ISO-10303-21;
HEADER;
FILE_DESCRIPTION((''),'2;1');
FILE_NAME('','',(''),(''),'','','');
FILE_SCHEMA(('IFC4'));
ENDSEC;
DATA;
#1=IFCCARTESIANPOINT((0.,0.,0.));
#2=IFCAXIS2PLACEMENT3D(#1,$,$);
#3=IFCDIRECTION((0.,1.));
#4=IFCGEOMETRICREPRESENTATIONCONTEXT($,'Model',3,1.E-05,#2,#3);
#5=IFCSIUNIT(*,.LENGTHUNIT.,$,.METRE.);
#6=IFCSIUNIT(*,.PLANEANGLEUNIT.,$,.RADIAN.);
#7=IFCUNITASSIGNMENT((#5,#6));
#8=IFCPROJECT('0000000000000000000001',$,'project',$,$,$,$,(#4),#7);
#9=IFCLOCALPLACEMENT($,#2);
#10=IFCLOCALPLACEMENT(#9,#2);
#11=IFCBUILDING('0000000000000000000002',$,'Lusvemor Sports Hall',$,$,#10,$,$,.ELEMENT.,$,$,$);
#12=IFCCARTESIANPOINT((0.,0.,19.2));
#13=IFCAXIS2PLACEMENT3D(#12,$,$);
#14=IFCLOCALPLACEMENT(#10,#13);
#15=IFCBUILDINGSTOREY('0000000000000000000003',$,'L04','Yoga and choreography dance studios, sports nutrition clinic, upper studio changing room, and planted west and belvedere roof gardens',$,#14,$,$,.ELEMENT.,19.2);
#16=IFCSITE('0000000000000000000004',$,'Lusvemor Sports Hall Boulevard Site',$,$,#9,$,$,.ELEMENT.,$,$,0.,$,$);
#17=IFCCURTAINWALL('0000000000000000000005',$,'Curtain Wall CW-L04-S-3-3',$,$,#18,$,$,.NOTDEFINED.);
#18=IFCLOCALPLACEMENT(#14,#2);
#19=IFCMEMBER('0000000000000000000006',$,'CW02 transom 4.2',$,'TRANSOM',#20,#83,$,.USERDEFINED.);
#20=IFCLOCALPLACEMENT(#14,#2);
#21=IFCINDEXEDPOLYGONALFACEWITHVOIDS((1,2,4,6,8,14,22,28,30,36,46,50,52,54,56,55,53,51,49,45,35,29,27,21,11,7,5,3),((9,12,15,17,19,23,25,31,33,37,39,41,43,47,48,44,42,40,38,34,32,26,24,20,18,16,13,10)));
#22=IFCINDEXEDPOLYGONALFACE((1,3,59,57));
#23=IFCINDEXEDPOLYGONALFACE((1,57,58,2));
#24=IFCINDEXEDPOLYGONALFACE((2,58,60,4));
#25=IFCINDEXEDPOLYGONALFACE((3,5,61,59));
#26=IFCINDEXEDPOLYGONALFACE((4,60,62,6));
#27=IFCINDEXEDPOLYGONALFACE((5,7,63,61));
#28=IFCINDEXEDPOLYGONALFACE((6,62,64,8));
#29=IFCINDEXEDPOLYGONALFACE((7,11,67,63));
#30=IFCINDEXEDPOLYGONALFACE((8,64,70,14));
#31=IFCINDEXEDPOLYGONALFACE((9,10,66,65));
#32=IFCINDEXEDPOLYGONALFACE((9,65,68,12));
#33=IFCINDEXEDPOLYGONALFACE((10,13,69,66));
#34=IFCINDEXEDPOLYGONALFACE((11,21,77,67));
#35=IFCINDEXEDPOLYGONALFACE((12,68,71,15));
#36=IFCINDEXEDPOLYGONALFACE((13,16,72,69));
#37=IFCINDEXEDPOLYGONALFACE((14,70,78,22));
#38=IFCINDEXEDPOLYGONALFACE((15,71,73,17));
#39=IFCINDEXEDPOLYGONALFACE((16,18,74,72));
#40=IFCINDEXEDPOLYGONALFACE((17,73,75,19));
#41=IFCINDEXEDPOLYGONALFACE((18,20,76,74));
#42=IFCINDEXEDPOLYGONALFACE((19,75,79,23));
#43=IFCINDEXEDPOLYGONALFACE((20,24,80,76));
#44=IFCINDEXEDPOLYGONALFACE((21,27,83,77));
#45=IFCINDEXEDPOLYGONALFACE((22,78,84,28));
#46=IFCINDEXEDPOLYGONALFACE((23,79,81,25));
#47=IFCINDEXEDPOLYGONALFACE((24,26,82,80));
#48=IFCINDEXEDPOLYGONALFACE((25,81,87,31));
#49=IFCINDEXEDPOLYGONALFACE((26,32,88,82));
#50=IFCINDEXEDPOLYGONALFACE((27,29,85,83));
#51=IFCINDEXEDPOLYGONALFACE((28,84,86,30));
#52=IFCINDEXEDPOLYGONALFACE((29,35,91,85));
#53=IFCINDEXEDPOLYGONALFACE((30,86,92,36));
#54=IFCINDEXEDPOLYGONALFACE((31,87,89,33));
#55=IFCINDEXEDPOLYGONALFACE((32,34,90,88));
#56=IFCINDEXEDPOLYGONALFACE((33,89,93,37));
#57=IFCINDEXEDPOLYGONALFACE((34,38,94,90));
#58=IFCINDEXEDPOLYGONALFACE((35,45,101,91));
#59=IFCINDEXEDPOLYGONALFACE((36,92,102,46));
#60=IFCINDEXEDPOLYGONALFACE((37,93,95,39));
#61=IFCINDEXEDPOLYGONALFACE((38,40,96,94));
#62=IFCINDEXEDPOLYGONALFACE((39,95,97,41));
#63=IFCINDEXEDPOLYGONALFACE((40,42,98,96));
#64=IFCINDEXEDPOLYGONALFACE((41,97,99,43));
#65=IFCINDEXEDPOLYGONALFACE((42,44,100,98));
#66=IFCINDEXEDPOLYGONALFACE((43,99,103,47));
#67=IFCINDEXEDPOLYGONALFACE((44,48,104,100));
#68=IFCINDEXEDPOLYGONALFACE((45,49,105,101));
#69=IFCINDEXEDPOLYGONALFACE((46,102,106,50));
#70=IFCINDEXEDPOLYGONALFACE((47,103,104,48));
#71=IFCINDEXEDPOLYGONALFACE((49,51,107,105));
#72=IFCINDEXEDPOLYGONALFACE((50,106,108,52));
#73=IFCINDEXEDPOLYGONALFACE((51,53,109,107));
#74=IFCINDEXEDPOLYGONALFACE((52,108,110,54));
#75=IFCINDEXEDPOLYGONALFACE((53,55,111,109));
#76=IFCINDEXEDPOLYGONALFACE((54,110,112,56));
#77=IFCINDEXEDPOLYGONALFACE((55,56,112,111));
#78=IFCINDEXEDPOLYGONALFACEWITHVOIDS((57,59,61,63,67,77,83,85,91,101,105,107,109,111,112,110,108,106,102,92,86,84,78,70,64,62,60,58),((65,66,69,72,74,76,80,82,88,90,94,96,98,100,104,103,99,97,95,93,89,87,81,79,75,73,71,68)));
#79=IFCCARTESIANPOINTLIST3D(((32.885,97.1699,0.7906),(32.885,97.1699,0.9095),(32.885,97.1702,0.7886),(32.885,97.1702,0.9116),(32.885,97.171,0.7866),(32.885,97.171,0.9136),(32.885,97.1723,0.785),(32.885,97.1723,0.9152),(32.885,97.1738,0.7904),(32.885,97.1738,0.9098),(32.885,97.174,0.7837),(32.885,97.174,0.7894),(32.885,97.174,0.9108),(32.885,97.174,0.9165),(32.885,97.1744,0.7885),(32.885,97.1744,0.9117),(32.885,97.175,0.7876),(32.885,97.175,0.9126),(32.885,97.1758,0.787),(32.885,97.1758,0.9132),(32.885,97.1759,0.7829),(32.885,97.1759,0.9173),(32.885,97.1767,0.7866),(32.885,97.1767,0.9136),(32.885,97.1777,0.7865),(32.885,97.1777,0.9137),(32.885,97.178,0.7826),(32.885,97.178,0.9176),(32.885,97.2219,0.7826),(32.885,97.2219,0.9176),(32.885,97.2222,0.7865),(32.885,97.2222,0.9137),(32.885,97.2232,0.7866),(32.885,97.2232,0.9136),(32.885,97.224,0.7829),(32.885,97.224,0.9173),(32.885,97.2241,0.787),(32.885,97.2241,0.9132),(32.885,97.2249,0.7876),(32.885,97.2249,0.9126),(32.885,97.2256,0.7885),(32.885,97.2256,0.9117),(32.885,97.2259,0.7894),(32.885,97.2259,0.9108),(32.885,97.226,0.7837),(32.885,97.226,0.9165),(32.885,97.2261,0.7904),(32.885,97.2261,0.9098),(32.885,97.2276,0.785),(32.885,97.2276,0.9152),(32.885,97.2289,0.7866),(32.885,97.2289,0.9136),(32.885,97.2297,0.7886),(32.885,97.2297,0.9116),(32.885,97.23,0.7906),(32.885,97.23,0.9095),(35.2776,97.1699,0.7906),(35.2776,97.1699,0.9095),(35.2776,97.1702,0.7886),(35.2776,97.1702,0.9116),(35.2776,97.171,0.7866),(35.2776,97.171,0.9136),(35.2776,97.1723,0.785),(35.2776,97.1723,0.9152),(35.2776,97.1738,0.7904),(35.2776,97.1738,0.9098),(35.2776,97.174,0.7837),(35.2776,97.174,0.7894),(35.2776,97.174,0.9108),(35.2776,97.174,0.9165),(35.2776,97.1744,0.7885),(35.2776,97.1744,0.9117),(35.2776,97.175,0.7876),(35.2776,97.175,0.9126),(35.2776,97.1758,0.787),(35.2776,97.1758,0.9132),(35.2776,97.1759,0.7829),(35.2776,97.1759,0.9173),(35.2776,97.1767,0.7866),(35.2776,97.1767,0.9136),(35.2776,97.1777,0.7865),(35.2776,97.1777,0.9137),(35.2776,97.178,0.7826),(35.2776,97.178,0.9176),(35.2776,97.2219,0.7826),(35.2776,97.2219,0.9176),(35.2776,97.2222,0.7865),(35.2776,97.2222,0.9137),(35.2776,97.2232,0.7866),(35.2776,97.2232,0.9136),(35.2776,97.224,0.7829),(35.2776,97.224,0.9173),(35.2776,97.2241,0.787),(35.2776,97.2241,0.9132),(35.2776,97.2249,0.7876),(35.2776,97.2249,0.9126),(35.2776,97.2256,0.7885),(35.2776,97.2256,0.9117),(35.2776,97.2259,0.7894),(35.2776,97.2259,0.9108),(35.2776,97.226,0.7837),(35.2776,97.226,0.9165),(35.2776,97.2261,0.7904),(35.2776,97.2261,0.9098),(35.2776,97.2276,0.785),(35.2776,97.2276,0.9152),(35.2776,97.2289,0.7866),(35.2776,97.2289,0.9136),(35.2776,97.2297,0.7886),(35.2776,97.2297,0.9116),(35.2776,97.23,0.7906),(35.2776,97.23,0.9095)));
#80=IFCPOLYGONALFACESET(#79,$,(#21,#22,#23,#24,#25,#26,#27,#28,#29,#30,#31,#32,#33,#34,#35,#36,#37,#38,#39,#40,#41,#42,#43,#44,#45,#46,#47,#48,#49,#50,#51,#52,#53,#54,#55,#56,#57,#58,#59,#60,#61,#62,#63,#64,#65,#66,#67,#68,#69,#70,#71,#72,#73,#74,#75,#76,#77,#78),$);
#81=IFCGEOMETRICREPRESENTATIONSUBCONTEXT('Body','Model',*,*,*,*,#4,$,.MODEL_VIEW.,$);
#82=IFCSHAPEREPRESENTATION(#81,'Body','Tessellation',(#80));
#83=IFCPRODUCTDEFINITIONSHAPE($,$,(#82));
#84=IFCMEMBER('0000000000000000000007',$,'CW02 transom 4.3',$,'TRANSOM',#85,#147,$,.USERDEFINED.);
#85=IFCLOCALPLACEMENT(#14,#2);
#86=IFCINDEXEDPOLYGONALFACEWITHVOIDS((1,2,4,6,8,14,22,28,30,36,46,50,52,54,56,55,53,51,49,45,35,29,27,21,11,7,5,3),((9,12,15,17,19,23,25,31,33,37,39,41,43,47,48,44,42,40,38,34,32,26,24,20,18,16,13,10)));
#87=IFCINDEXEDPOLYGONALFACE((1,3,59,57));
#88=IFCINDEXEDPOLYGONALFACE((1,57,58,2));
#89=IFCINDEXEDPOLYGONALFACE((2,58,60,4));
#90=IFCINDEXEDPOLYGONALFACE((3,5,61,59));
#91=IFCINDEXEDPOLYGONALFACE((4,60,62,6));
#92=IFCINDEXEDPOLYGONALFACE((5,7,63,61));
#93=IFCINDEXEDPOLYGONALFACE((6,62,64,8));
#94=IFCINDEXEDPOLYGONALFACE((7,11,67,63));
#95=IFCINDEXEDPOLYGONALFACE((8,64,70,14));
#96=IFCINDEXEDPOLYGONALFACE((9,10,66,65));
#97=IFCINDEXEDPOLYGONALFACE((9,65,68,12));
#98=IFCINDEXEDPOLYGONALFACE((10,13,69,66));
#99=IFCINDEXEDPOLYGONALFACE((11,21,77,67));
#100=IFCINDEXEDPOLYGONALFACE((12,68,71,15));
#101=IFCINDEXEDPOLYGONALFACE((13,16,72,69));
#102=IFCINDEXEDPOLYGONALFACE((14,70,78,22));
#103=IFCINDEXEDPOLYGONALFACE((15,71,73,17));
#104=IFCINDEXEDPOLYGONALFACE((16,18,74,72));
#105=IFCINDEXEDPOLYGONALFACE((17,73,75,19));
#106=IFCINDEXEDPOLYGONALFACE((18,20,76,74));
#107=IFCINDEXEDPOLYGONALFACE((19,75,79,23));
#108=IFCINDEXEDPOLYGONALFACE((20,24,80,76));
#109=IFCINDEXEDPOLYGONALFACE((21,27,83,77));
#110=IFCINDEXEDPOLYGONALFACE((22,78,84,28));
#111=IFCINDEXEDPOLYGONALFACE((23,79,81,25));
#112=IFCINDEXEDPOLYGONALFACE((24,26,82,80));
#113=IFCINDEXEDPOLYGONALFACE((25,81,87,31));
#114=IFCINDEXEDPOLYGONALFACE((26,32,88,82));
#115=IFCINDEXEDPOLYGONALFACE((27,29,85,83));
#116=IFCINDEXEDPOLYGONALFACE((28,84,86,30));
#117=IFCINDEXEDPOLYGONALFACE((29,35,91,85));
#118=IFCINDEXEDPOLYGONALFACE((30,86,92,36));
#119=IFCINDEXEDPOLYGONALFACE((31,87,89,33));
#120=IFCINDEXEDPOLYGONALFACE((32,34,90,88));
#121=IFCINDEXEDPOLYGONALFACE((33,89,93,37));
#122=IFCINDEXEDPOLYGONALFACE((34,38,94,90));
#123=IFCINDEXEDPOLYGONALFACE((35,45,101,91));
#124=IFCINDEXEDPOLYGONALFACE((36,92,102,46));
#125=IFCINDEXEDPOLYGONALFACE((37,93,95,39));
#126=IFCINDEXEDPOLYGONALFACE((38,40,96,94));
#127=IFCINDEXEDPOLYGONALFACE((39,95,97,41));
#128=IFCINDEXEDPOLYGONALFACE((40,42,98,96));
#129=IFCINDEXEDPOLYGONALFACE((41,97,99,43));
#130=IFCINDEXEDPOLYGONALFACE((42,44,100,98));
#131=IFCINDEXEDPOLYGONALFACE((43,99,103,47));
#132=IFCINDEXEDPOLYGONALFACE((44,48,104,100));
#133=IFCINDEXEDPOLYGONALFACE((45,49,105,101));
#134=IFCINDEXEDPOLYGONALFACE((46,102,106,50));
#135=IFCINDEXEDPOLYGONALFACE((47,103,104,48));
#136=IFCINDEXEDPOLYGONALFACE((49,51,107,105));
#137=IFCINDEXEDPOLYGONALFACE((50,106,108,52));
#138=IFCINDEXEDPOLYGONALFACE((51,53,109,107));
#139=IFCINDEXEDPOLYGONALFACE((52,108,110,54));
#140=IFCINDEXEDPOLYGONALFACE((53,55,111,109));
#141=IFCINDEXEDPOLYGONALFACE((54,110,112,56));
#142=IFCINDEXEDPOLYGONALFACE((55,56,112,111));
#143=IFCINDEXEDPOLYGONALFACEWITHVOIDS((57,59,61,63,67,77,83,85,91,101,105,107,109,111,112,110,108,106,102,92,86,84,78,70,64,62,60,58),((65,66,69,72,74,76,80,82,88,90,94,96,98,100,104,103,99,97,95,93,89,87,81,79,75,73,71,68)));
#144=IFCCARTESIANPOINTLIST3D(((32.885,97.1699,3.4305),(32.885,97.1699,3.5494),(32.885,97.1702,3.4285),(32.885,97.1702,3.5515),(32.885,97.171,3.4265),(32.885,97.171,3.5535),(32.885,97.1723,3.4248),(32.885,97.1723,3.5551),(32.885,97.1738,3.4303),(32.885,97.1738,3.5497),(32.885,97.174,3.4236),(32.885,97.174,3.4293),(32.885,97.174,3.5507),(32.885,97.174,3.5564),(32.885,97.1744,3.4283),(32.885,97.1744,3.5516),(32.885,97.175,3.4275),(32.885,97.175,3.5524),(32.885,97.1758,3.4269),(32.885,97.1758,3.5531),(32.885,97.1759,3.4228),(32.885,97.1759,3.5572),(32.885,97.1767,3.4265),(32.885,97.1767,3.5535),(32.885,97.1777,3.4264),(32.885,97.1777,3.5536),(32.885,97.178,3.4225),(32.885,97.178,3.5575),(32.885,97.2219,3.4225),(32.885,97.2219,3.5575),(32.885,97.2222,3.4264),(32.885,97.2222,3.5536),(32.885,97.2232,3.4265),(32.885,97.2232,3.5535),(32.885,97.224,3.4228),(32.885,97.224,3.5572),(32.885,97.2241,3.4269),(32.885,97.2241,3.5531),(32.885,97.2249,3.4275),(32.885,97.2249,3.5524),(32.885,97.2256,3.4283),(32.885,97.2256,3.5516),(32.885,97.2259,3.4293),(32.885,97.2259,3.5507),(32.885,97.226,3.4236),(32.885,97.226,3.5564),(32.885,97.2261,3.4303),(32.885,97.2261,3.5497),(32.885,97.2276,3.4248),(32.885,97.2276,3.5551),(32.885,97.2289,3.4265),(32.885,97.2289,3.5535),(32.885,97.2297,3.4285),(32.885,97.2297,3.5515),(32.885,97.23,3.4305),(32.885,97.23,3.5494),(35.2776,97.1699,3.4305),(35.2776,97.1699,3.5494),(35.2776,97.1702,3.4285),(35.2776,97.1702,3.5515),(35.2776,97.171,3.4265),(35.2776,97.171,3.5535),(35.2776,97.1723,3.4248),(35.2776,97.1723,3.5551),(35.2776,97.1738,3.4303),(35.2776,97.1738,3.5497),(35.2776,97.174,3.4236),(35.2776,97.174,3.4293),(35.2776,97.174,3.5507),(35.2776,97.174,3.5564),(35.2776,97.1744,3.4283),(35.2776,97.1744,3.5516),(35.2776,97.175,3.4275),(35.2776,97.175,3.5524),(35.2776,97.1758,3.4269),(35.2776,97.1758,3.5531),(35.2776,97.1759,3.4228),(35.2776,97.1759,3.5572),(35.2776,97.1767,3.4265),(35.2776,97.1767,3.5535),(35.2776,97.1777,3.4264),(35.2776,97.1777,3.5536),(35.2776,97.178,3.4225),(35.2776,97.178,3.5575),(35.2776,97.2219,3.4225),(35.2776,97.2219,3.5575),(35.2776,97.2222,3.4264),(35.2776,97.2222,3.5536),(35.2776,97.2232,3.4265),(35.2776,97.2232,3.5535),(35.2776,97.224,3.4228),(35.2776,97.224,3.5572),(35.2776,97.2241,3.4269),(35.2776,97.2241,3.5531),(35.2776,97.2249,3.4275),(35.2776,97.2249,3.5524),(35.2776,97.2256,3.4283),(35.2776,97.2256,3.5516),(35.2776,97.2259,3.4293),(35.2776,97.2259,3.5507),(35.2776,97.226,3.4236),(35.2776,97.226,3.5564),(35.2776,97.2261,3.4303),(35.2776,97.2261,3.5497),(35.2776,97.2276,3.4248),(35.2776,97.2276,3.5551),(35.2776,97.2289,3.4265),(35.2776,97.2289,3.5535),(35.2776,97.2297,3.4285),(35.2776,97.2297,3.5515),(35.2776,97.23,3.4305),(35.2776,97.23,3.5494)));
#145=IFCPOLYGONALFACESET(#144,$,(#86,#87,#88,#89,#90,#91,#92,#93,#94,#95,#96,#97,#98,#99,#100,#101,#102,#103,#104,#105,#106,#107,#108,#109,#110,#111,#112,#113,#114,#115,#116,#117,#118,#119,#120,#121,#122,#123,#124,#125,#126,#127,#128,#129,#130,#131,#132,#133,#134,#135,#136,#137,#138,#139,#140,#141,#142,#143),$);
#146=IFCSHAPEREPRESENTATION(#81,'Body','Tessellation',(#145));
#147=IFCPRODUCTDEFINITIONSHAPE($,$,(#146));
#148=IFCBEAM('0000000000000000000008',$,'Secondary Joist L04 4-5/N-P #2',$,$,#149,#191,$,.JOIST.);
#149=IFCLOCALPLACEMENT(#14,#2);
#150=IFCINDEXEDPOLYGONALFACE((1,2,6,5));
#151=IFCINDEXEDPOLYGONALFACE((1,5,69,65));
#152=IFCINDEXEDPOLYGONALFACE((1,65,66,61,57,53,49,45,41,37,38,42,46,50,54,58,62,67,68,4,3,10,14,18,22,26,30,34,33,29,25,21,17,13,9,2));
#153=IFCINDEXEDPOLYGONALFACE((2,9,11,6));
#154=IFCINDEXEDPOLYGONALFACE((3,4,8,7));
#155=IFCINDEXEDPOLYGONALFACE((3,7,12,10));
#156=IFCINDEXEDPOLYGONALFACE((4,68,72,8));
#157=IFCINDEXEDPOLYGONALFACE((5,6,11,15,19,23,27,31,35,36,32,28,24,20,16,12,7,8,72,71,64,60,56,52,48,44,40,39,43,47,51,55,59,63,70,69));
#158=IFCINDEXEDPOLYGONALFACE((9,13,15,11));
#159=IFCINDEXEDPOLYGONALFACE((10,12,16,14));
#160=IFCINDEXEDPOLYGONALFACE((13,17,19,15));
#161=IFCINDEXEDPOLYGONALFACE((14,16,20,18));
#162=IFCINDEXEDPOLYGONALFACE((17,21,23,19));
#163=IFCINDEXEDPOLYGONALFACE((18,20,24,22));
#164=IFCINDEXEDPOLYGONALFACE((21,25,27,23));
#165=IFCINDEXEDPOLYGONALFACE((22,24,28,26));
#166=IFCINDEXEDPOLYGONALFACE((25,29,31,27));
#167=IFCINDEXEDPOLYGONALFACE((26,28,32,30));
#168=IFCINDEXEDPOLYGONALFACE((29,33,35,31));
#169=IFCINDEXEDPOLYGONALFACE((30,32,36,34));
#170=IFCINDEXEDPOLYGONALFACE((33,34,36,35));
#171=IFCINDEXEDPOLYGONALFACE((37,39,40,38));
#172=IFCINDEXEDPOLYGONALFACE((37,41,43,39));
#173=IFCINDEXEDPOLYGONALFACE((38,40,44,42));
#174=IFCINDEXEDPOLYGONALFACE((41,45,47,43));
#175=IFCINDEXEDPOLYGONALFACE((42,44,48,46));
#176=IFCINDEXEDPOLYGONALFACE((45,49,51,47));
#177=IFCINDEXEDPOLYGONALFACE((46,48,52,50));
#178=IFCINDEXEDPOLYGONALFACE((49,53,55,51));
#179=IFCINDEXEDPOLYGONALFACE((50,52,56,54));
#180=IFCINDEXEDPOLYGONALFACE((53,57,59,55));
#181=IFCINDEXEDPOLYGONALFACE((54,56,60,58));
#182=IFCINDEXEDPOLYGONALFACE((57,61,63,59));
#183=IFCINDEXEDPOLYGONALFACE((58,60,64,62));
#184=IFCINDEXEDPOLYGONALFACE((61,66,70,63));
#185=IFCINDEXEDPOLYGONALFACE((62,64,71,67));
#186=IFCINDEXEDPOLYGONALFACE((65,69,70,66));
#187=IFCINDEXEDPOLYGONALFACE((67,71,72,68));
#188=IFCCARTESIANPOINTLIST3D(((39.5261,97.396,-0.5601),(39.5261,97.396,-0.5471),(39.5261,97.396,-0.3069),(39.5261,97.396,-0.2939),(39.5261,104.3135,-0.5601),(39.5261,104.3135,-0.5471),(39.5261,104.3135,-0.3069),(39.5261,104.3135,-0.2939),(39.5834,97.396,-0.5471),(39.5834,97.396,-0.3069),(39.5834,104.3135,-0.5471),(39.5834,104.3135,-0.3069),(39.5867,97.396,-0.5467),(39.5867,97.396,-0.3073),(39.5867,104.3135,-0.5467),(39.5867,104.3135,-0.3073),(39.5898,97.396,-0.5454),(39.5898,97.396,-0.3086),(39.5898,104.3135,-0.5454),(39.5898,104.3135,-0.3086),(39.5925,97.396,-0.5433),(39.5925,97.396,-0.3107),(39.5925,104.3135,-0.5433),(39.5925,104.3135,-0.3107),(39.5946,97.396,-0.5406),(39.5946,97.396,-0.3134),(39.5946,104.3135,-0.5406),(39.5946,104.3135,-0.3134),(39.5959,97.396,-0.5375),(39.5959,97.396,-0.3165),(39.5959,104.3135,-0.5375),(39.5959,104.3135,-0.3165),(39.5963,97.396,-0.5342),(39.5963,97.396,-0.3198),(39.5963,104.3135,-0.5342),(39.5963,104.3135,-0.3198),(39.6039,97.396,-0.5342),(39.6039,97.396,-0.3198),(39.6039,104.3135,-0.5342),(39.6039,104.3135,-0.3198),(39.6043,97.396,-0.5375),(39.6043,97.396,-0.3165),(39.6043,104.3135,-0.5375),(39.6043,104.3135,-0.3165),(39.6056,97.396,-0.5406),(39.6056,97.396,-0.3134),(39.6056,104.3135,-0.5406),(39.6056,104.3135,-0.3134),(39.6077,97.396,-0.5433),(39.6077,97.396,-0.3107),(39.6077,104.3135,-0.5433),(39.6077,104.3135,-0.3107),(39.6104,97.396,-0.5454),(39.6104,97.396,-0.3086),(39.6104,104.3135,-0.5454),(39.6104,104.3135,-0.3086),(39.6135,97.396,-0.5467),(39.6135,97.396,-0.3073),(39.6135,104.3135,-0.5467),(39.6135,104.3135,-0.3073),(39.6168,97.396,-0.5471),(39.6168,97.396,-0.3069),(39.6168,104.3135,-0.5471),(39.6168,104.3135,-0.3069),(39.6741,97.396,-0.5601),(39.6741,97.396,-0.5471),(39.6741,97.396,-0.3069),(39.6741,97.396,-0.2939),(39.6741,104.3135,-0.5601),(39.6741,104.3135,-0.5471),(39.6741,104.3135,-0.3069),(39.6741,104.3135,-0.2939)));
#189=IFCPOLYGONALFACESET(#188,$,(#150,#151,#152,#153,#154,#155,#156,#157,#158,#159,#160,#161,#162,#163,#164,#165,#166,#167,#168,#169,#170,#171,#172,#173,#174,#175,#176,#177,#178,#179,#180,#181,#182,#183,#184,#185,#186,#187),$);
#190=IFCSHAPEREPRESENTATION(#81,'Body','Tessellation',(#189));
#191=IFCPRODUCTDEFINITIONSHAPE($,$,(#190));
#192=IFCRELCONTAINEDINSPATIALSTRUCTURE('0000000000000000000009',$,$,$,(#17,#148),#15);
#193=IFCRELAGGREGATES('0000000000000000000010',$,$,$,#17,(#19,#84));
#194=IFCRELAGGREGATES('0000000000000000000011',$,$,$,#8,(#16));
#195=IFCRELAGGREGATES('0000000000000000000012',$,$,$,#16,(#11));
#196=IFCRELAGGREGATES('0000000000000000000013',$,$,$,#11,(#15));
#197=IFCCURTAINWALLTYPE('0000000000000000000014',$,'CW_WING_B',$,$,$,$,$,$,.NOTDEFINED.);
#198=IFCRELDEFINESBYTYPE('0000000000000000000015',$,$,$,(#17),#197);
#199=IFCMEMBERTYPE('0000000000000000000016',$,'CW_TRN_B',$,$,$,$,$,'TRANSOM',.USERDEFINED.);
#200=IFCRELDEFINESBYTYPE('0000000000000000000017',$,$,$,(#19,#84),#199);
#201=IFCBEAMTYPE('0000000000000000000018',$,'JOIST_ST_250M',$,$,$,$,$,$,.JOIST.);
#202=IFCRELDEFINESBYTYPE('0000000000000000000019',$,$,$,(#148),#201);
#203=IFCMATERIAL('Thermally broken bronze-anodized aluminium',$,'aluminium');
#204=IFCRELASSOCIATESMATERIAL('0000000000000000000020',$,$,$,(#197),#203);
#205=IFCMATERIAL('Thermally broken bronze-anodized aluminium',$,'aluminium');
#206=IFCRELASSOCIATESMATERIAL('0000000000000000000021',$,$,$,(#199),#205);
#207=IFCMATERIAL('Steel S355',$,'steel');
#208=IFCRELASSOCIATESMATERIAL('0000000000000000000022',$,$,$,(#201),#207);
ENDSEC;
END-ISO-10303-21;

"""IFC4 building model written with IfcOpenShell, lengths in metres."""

from ifc_helpers import new_model, si_unit, direction, frame, origin, origin_2d, place, context, subcontext, project, spatial, hollow_rectangle, i_section, extrude, material, material_profile, profile_set, type_object, element, aggregate, save


model = new_model("IFC4")

# Units and contexts
model_context = context("Model", 3, precision=1e-05, world=origin(), true_north=direction((0.0, 1.0)))
body_context = subcontext(model_context, "Body", "Model", "MODEL_VIEW")
ifc_project = project(units=[si_unit("LENGTHUNIT", "METRE"), si_unit("PLANEANGLEUNIT", "RADIAN")], contexts=[model_context])

# Site, building, storey
site_placement = place(None, origin())
site = spatial("IfcSite", under=ifc_project, at=site_placement, Name="Lusvemor Sports Hall Boulevard Site", CompositionType="ELEMENT", RefElevation=0.0)
building_placement = place(site_placement, origin())
building = spatial("IfcBuilding", under=site, at=building_placement, Name="Lusvemor Sports Hall", CompositionType="ELEMENT")
storey_placement = place(building_placement, frame((0.0, 0.0, 19.2)))
storey = spatial("IfcBuildingStorey", under=building, at=storey_placement, Name="L04", Description="Yoga and choreography dance studios, sports nutrition clinic, upper studio changing room, and planted west and belvedere roof gardens", CompositionType="ELEMENT", Elevation=19.2)

# Shared definitions
ifc_material_1 = material(Name="Thermally broken bronze-anodized aluminium", Category="aluminium")
curtain_wall_type = type_object("IfcCurtainWallType", Name="CW_WING_B", PredefinedType="NOTDEFINED", material=ifc_material_1)

# Curtain wall, members
curtain_wall_1_placement = place(storey_placement, origin())
curtain_wall_1 = element("IfcCurtainWall", 1, at=curtain_wall_1_placement, inside=storey, type_object=curtain_wall_type, Name="Curtain Wall CW-L04-S-3-3", PredefinedType="NOTDEFINED")
ifc_material_2 = material(Name="Thermally broken bronze-anodized aluminium", Category="aluminium")
ifc_material_profile_1 = material_profile(ifc_material_2, hollow_rectangle(XDim=0.0601, YDim=0.135, WallThickness=0.0039, InnerFilletRadius=0.0039, OuterFilletRadius=0.0081, at=origin_2d()), Name="CWTRN135x60x4")
ifc_profile_set_1 = profile_set([ifc_material_profile_1], Name="Thermally broken bronze-anodized aluminium")
member_type_1 = type_object("IfcMemberType", Name="CW_TRN_B", ElementType="TRANSOM", PredefinedType="USERDEFINED", material=ifc_profile_set_1)
member_1_placement = place(storey_placement, frame((35.2776, 97.2, 0.8501), z_axis=(-1.0, 0.0, 0.0), x_axis=(0.0, -1.0, 0.0)))
member_1 = element("IfcMember", 2, at=member_1_placement, type_object=member_type_1, Name="CW02 transom 4.2", ObjectType="TRANSOM", PredefinedType="USERDEFINED", context=body_context, shape_type="SweptSolid", body=[
    extrude(hollow_rectangle(XDim=0.0601, YDim=0.135, WallThickness=0.0039, InnerFilletRadius=0.0039, OuterFilletRadius=0.0081, at=origin_2d()), origin(), (0.0, 0.0, 1.0), 2.3926),
])
member_2_placement = place(storey_placement, frame((35.2776, 97.2, 3.49), z_axis=(-1.0, 0.0, 0.0), x_axis=(0.0, -1.0, 0.0)))
member_2 = element("IfcMember", 3, at=member_2_placement, type_object=member_type_1, Name="CW02 transom 4.3", ObjectType="TRANSOM", PredefinedType="USERDEFINED", context=body_context, shape_type="SweptSolid", body=[
    extrude(hollow_rectangle(XDim=0.0601, YDim=0.135, WallThickness=0.0039, InnerFilletRadius=0.0039, OuterFilletRadius=0.0081, at=origin_2d()), origin(), (0.0, 0.0, 1.0), 2.3926),
])

# Beam
ifc_material_3 = material(Name="Steel S355", Category="steel")
ifc_material_profile_2 = material_profile(ifc_material_3, i_section(OverallWidth=0.1479, OverallDepth=0.2661, WebThickness=0.0076, FlangeThickness=0.0129, FilletRadius=0.0129, at=origin_2d()), Name="W250x44.8")
ifc_profile_set_2 = profile_set([ifc_material_profile_2], Name="Steel S355")
beam_type_1 = type_object("IfcBeamType", Name="JOIST_ST_250M", PredefinedType="JOIST", material=ifc_profile_set_2)
beam_1_placement = place(storey_placement, frame((39.6001, 97.396, -0.427), z_axis=(0.0, 1.0, 0.0), x_axis=(-1.0, 0.0, 0.0)))
element("IfcBeam", 4, at=beam_1_placement, inside=storey, type_object=beam_type_1, Name="Secondary Joist L04 4-5/N-P #2", PredefinedType="JOIST", context=body_context, shape_type="SweptSolid", body=[
    extrude(i_section(OverallWidth=0.1479, OverallDepth=0.2661, WebThickness=0.0076, FlangeThickness=0.0129, FilletRadius=0.0129, at=origin_2d()), origin(), (0.0, 0.0, 1.0), 6.9175),
])

aggregate(curtain_wall_1, [member_1, member_2])

save(model, "model.ifc")
